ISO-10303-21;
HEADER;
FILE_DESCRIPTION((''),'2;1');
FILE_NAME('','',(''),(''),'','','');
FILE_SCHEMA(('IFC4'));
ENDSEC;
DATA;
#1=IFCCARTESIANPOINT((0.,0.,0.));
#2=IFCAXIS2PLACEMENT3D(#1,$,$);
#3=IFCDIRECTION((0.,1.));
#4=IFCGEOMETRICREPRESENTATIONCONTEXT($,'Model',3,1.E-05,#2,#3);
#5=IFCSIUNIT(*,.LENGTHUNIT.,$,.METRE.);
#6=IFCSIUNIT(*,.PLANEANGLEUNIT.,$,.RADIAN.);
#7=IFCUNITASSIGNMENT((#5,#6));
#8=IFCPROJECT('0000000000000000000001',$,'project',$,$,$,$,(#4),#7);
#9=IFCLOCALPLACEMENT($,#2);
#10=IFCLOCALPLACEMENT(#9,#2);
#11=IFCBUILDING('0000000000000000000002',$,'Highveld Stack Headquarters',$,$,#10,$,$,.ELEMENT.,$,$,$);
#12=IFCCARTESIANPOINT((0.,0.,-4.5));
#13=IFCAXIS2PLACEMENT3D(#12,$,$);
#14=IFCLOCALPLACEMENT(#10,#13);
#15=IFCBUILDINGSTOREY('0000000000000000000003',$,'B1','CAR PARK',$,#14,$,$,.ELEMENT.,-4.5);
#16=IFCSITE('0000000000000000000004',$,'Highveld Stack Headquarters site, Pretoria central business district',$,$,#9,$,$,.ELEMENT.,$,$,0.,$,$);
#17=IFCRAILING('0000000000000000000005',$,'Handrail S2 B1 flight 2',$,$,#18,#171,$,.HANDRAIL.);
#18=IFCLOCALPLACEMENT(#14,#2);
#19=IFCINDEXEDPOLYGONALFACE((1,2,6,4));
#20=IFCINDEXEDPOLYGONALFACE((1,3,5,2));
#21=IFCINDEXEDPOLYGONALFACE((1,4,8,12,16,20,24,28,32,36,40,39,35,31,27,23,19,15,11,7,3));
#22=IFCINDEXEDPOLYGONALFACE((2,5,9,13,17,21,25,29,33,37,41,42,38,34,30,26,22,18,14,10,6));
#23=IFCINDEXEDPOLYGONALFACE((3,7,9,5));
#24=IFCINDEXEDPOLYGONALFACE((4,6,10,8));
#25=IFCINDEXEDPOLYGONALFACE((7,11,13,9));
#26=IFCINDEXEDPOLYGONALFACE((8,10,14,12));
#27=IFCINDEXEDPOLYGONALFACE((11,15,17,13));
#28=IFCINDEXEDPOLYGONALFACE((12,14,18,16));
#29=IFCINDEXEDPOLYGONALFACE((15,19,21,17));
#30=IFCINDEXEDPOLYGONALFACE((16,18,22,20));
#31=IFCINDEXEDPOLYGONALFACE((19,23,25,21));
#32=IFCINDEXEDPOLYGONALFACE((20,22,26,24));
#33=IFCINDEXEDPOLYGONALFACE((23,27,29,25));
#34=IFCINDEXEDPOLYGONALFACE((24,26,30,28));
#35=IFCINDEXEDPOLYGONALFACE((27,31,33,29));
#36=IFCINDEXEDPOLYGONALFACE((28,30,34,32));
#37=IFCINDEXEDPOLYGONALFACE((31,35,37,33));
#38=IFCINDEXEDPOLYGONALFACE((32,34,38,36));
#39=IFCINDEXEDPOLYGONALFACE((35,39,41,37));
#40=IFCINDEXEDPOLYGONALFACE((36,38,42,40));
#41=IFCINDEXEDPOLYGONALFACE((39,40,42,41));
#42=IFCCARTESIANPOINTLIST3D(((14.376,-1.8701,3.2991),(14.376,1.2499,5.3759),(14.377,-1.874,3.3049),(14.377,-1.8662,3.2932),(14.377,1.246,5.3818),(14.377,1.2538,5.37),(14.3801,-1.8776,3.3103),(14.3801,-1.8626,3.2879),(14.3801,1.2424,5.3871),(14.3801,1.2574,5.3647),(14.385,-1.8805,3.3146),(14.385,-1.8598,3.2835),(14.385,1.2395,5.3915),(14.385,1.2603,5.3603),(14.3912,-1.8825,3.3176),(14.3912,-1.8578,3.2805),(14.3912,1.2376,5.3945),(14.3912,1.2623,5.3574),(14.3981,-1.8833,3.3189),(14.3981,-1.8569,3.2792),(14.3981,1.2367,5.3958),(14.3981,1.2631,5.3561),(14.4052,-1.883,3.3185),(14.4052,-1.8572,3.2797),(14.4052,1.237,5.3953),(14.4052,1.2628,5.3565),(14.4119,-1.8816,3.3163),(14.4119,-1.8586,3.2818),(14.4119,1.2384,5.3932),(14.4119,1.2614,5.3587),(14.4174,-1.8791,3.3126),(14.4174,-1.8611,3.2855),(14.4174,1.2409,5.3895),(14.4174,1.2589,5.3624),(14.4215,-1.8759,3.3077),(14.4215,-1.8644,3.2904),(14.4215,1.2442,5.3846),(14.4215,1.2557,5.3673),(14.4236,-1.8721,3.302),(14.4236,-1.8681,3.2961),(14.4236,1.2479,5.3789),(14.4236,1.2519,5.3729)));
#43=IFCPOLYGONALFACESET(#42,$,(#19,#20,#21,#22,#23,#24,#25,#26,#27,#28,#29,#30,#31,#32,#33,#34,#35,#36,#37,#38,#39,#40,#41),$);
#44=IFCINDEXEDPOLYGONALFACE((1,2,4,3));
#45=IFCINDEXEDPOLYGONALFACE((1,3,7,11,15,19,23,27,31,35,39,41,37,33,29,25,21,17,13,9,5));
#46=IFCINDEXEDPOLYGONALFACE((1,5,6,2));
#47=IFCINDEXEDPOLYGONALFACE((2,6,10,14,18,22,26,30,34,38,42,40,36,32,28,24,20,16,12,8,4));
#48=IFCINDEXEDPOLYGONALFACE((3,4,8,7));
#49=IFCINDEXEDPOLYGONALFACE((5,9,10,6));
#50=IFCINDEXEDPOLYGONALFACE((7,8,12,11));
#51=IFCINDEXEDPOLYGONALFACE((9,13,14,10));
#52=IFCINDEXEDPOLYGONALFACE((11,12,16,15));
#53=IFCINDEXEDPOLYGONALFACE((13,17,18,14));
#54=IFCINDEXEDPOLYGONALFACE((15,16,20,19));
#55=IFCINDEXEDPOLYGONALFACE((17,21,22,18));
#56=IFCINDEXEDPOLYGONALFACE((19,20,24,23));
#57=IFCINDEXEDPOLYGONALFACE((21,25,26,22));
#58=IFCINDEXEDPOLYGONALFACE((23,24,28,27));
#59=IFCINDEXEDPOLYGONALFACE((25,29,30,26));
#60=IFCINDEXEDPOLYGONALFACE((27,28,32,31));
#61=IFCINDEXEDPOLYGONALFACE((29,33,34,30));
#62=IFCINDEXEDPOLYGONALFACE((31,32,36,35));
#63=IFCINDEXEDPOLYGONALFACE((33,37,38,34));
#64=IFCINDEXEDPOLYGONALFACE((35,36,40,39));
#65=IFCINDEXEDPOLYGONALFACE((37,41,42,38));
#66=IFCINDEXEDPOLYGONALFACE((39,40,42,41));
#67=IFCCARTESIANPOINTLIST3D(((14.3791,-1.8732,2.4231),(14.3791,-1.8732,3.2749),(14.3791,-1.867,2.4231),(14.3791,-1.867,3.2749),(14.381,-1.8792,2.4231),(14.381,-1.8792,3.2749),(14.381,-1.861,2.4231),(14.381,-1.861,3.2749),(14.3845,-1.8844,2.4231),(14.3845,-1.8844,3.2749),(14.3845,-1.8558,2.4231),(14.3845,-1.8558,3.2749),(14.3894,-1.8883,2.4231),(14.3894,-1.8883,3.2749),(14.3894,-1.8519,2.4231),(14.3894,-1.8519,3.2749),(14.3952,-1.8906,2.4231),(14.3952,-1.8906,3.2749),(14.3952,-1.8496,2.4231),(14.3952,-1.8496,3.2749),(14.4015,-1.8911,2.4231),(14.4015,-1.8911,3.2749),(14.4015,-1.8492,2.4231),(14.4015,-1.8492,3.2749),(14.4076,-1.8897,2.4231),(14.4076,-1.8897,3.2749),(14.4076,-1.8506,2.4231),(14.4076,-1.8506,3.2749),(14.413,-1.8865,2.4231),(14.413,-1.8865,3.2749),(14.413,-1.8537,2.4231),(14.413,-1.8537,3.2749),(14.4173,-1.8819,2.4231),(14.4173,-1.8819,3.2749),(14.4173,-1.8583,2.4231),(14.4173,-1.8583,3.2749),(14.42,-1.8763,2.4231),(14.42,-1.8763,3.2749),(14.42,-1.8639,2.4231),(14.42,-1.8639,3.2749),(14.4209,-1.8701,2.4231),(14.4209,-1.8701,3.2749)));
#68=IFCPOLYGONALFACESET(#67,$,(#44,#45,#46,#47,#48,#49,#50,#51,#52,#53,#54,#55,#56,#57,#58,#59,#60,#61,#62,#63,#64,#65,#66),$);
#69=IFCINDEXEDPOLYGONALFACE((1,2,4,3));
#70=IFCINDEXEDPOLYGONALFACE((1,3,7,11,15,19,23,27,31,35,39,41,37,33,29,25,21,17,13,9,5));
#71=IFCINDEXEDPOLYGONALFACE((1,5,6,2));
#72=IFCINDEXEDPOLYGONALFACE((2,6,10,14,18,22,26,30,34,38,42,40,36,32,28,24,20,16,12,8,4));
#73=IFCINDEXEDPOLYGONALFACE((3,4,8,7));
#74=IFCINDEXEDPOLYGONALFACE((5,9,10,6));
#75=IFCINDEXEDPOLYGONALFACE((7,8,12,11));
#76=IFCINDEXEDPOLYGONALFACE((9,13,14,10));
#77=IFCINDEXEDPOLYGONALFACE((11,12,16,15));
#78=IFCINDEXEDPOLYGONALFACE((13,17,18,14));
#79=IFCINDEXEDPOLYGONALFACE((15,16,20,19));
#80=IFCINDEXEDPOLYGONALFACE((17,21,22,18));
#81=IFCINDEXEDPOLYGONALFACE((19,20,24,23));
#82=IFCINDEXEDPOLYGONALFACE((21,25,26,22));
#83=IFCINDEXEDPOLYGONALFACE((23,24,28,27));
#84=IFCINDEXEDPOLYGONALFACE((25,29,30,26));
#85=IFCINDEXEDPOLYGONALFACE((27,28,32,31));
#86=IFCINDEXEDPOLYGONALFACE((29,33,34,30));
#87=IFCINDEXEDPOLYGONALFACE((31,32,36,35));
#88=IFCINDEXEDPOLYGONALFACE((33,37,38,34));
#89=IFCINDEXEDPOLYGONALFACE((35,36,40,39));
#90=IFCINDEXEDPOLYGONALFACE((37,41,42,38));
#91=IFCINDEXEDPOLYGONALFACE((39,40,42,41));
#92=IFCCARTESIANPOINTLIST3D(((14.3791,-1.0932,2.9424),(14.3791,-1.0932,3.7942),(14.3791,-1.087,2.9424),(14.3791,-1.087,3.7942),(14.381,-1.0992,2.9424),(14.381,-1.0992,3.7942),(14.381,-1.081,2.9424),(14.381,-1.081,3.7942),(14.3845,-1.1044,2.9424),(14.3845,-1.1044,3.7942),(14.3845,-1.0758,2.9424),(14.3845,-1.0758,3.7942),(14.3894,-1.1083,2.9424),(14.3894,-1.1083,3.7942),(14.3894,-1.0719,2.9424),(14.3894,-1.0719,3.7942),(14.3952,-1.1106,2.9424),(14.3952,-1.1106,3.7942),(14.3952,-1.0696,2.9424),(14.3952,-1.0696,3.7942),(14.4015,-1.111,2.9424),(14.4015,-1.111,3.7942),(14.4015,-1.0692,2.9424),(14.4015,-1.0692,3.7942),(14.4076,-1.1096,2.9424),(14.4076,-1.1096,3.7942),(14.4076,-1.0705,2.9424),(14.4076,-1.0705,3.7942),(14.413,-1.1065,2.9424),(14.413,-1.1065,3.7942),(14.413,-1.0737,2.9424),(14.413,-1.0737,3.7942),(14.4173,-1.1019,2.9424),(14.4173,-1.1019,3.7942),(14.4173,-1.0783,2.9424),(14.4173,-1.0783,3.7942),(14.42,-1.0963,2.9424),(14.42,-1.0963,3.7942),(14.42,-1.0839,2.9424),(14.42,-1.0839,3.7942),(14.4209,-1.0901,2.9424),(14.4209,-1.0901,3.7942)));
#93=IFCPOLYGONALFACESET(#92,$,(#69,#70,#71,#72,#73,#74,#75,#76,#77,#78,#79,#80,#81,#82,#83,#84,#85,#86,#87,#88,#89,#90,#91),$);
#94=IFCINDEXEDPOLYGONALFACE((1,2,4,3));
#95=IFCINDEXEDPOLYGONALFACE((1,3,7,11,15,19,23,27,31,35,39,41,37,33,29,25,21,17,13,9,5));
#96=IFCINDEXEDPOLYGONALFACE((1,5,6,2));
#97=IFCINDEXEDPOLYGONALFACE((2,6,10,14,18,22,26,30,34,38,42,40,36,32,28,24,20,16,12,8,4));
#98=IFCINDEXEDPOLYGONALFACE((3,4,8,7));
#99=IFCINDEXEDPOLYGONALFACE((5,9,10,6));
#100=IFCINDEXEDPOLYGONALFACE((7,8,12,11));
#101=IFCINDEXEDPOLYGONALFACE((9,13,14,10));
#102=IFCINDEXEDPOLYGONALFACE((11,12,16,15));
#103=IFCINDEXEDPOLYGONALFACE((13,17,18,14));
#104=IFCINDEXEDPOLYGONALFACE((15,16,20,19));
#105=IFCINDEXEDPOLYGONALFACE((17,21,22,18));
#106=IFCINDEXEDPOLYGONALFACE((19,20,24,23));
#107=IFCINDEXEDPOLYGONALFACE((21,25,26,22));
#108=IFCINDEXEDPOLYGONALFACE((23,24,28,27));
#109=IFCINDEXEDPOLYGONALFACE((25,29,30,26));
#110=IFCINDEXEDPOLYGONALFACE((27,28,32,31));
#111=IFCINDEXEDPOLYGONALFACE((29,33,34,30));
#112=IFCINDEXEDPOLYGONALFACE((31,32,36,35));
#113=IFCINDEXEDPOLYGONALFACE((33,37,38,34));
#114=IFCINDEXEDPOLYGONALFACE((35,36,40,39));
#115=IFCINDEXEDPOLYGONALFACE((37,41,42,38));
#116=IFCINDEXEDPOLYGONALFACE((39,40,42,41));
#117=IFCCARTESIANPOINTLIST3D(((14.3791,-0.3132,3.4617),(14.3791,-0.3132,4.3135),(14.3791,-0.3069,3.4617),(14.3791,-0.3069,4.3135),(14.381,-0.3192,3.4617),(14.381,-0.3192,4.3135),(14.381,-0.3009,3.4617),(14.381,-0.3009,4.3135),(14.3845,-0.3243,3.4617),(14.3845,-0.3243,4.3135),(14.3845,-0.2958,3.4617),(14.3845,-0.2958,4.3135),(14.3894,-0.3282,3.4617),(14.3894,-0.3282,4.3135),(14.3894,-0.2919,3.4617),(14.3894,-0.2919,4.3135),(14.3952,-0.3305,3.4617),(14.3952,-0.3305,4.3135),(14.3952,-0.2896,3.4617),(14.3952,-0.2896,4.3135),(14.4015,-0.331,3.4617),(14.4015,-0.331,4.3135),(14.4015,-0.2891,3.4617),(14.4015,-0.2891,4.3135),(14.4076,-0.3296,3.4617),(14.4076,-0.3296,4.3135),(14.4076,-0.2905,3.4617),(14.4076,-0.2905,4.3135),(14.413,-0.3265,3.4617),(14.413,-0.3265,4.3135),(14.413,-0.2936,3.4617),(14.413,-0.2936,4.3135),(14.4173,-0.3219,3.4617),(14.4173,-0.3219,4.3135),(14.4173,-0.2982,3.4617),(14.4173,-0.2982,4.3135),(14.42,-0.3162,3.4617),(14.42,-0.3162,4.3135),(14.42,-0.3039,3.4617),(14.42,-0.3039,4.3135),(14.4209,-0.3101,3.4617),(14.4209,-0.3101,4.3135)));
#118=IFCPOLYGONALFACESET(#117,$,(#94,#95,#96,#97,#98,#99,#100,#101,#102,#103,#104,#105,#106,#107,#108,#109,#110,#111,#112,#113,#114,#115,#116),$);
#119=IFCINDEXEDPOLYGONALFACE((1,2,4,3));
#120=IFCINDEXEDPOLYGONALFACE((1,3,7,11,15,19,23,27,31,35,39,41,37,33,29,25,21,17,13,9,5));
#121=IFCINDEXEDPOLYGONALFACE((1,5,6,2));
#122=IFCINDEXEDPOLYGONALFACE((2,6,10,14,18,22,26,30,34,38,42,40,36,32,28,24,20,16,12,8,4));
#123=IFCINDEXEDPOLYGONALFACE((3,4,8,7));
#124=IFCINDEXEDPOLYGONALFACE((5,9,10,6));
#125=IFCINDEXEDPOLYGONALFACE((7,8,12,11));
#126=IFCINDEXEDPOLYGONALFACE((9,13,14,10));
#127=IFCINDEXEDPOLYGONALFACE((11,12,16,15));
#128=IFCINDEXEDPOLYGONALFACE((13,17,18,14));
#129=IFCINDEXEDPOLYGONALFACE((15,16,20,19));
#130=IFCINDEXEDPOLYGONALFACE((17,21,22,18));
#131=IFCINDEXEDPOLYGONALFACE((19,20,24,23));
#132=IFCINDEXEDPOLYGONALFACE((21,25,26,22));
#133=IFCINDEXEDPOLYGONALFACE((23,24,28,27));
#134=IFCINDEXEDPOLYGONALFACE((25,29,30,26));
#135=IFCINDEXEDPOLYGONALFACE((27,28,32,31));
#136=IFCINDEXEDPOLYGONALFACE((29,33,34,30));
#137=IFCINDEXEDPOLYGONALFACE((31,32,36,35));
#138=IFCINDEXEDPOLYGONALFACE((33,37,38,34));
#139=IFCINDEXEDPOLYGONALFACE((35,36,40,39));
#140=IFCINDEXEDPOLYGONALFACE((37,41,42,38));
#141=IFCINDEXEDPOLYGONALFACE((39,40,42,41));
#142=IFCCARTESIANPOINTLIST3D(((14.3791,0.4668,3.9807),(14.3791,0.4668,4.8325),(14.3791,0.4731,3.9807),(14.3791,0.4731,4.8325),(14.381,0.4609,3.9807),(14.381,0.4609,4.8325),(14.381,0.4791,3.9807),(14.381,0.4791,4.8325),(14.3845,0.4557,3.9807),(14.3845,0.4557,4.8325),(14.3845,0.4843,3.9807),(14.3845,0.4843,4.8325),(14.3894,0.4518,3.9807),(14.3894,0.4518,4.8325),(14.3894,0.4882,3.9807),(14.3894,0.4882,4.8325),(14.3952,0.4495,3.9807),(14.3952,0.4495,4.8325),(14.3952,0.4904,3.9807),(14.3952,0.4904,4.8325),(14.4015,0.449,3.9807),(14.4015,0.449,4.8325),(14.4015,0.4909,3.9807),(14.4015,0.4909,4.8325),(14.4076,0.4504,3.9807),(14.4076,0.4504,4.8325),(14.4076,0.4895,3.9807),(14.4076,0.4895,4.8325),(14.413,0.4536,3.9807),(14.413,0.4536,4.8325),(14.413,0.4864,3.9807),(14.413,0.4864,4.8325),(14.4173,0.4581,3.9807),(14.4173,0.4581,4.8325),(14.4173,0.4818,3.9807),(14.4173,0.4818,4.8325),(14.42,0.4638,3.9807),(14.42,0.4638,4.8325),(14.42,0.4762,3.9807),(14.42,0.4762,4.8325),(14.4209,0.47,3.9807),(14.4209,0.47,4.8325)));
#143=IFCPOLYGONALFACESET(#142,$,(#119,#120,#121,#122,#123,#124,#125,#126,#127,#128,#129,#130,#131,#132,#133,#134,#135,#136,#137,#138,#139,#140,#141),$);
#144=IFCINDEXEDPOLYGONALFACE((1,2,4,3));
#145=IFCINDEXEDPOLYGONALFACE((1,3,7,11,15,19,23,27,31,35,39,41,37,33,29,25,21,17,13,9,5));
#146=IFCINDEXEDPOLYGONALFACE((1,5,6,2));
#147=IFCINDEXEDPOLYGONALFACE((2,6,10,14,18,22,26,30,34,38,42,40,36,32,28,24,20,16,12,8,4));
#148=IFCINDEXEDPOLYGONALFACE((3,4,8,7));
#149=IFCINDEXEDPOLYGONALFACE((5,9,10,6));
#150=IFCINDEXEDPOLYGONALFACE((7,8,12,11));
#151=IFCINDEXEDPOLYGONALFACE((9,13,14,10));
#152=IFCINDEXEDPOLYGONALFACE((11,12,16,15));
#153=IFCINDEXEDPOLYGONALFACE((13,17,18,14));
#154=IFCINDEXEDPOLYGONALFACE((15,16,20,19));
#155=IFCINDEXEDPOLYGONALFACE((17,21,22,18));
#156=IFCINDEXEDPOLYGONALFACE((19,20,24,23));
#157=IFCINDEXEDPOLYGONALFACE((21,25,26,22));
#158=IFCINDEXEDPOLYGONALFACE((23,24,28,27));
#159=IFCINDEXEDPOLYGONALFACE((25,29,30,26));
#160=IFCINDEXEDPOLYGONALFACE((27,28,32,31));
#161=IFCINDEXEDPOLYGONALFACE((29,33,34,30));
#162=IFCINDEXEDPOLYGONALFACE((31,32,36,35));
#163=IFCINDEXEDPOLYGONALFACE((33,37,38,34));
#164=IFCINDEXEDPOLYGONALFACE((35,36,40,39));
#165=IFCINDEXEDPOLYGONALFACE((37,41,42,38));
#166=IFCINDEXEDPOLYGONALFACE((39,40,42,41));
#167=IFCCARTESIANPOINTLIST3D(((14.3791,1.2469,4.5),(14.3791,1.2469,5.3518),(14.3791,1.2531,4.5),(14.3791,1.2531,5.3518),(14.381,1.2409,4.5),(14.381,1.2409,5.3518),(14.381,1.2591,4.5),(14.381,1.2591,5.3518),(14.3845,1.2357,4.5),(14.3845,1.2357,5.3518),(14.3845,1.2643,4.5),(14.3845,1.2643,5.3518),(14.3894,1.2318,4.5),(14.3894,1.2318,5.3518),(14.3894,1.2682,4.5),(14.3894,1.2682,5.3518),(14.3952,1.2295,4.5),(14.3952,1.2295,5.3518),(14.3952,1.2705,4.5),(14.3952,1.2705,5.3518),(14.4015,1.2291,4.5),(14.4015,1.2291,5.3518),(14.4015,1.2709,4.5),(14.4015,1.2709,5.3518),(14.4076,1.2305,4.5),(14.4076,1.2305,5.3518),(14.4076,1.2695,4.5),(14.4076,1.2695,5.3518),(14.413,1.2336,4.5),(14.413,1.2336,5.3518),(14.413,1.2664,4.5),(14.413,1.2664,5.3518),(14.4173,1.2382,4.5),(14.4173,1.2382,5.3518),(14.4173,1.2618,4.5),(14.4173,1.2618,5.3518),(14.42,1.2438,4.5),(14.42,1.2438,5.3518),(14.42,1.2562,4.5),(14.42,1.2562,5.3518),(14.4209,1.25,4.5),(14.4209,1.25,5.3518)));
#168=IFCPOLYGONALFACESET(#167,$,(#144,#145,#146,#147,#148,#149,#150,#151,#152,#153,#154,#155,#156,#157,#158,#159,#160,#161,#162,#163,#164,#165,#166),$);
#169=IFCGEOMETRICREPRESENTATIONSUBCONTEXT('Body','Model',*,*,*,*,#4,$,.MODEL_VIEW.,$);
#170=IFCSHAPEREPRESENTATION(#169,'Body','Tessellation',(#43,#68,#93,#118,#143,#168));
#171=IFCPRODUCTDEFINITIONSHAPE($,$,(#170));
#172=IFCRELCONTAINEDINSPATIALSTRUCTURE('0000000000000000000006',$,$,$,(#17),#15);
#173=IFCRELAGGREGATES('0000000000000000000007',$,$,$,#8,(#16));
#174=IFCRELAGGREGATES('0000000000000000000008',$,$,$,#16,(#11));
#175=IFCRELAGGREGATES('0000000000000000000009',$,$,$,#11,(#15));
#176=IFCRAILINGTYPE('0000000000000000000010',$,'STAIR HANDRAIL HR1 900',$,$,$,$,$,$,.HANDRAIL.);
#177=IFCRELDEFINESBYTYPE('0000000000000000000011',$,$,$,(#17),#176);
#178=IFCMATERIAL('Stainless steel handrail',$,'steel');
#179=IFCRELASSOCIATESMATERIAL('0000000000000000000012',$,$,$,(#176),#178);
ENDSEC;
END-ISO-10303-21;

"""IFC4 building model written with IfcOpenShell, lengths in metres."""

from ifc_helpers import new_model, si_unit, direction, frame, origin, origin_2d, place, context, subcontext, project, spatial, circle, extrude, material, type_object, element, save


model = new_model("IFC4")

# Units and contexts
model_context = context("Model", 3, precision=1e-05, world=origin(), true_north=direction((0.0, 1.0)))
body_context = subcontext(model_context, "Body", "Model", "MODEL_VIEW")
ifc_project = project(units=[si_unit("LENGTHUNIT", "METRE"), si_unit("PLANEANGLEUNIT", "RADIAN")], contexts=[model_context])

# Site, building, storey
site_placement = place(None, origin())
site = spatial("IfcSite", under=ifc_project, at=site_placement, Name="Highveld Stack Headquarters site, Pretoria central business district", CompositionType="ELEMENT", RefElevation=0.0)
building_placement = place(site_placement, origin())
building = spatial("IfcBuilding", under=site, at=building_placement, Name="Highveld Stack Headquarters", CompositionType="ELEMENT")
storey_placement = place(building_placement, frame((0.0, 0.0, -4.5)))
storey = spatial("IfcBuildingStorey", under=building, at=storey_placement, Name="B1", Description="CAR PARK", CompositionType="ELEMENT", Elevation=-4.5)

# Railing
ifc_material_1 = material(Name="Stainless steel handrail", Category="steel")
railing_type = type_object("IfcRailingType", Name="STAIR HANDRAIL HR1 900", PredefinedType="HANDRAIL", material=ifc_material_1)
for number, where, name in (
    (1, (14.3999, -1.8701, 2.4231), "Handrail S2 B1 flight 2"),
):
    element("IfcRailing", number, at=place(storey_placement, frame(where)), inside=storey, type_object=railing_type, Name=name, PredefinedType="HANDRAIL", context=body_context, shape_type="SweptSolid", body=[
        extrude(circle(Radius=0.0239, at=origin_2d()), frame((0.0, 0.0, 0.876), z_axis=(0.0, 0.832441, 0.554114), x_axis=(-1.0, 0.0, 0.0)), (0.0, 0.0, 1.0), 3.748),
        extrude(circle(Radius=0.021, at=origin_2d()), origin(), (0.0, 0.0, 1.0), 0.8518),
        extrude(circle(Radius=0.021, at=origin_2d()), frame((0.0, 0.78, 0.5193)), (0.0, 0.0, 1.0), 0.8518),
        extrude(circle(Radius=0.021, at=origin_2d()), frame((0.0, 1.5601, 1.0386)), (0.0, 0.0, 1.0), 0.8518),
        extrude(circle(Radius=0.021, at=origin_2d()), frame((0.0, 2.3401, 1.5576)), (0.0, 0.0, 1.0), 0.8518),
        extrude(circle(Radius=0.021, at=origin_2d()), frame((0.0, 3.1201, 2.0769)), (0.0, 0.0, 1.0), 0.8518),
    ])

save(model, "model.ifc")
